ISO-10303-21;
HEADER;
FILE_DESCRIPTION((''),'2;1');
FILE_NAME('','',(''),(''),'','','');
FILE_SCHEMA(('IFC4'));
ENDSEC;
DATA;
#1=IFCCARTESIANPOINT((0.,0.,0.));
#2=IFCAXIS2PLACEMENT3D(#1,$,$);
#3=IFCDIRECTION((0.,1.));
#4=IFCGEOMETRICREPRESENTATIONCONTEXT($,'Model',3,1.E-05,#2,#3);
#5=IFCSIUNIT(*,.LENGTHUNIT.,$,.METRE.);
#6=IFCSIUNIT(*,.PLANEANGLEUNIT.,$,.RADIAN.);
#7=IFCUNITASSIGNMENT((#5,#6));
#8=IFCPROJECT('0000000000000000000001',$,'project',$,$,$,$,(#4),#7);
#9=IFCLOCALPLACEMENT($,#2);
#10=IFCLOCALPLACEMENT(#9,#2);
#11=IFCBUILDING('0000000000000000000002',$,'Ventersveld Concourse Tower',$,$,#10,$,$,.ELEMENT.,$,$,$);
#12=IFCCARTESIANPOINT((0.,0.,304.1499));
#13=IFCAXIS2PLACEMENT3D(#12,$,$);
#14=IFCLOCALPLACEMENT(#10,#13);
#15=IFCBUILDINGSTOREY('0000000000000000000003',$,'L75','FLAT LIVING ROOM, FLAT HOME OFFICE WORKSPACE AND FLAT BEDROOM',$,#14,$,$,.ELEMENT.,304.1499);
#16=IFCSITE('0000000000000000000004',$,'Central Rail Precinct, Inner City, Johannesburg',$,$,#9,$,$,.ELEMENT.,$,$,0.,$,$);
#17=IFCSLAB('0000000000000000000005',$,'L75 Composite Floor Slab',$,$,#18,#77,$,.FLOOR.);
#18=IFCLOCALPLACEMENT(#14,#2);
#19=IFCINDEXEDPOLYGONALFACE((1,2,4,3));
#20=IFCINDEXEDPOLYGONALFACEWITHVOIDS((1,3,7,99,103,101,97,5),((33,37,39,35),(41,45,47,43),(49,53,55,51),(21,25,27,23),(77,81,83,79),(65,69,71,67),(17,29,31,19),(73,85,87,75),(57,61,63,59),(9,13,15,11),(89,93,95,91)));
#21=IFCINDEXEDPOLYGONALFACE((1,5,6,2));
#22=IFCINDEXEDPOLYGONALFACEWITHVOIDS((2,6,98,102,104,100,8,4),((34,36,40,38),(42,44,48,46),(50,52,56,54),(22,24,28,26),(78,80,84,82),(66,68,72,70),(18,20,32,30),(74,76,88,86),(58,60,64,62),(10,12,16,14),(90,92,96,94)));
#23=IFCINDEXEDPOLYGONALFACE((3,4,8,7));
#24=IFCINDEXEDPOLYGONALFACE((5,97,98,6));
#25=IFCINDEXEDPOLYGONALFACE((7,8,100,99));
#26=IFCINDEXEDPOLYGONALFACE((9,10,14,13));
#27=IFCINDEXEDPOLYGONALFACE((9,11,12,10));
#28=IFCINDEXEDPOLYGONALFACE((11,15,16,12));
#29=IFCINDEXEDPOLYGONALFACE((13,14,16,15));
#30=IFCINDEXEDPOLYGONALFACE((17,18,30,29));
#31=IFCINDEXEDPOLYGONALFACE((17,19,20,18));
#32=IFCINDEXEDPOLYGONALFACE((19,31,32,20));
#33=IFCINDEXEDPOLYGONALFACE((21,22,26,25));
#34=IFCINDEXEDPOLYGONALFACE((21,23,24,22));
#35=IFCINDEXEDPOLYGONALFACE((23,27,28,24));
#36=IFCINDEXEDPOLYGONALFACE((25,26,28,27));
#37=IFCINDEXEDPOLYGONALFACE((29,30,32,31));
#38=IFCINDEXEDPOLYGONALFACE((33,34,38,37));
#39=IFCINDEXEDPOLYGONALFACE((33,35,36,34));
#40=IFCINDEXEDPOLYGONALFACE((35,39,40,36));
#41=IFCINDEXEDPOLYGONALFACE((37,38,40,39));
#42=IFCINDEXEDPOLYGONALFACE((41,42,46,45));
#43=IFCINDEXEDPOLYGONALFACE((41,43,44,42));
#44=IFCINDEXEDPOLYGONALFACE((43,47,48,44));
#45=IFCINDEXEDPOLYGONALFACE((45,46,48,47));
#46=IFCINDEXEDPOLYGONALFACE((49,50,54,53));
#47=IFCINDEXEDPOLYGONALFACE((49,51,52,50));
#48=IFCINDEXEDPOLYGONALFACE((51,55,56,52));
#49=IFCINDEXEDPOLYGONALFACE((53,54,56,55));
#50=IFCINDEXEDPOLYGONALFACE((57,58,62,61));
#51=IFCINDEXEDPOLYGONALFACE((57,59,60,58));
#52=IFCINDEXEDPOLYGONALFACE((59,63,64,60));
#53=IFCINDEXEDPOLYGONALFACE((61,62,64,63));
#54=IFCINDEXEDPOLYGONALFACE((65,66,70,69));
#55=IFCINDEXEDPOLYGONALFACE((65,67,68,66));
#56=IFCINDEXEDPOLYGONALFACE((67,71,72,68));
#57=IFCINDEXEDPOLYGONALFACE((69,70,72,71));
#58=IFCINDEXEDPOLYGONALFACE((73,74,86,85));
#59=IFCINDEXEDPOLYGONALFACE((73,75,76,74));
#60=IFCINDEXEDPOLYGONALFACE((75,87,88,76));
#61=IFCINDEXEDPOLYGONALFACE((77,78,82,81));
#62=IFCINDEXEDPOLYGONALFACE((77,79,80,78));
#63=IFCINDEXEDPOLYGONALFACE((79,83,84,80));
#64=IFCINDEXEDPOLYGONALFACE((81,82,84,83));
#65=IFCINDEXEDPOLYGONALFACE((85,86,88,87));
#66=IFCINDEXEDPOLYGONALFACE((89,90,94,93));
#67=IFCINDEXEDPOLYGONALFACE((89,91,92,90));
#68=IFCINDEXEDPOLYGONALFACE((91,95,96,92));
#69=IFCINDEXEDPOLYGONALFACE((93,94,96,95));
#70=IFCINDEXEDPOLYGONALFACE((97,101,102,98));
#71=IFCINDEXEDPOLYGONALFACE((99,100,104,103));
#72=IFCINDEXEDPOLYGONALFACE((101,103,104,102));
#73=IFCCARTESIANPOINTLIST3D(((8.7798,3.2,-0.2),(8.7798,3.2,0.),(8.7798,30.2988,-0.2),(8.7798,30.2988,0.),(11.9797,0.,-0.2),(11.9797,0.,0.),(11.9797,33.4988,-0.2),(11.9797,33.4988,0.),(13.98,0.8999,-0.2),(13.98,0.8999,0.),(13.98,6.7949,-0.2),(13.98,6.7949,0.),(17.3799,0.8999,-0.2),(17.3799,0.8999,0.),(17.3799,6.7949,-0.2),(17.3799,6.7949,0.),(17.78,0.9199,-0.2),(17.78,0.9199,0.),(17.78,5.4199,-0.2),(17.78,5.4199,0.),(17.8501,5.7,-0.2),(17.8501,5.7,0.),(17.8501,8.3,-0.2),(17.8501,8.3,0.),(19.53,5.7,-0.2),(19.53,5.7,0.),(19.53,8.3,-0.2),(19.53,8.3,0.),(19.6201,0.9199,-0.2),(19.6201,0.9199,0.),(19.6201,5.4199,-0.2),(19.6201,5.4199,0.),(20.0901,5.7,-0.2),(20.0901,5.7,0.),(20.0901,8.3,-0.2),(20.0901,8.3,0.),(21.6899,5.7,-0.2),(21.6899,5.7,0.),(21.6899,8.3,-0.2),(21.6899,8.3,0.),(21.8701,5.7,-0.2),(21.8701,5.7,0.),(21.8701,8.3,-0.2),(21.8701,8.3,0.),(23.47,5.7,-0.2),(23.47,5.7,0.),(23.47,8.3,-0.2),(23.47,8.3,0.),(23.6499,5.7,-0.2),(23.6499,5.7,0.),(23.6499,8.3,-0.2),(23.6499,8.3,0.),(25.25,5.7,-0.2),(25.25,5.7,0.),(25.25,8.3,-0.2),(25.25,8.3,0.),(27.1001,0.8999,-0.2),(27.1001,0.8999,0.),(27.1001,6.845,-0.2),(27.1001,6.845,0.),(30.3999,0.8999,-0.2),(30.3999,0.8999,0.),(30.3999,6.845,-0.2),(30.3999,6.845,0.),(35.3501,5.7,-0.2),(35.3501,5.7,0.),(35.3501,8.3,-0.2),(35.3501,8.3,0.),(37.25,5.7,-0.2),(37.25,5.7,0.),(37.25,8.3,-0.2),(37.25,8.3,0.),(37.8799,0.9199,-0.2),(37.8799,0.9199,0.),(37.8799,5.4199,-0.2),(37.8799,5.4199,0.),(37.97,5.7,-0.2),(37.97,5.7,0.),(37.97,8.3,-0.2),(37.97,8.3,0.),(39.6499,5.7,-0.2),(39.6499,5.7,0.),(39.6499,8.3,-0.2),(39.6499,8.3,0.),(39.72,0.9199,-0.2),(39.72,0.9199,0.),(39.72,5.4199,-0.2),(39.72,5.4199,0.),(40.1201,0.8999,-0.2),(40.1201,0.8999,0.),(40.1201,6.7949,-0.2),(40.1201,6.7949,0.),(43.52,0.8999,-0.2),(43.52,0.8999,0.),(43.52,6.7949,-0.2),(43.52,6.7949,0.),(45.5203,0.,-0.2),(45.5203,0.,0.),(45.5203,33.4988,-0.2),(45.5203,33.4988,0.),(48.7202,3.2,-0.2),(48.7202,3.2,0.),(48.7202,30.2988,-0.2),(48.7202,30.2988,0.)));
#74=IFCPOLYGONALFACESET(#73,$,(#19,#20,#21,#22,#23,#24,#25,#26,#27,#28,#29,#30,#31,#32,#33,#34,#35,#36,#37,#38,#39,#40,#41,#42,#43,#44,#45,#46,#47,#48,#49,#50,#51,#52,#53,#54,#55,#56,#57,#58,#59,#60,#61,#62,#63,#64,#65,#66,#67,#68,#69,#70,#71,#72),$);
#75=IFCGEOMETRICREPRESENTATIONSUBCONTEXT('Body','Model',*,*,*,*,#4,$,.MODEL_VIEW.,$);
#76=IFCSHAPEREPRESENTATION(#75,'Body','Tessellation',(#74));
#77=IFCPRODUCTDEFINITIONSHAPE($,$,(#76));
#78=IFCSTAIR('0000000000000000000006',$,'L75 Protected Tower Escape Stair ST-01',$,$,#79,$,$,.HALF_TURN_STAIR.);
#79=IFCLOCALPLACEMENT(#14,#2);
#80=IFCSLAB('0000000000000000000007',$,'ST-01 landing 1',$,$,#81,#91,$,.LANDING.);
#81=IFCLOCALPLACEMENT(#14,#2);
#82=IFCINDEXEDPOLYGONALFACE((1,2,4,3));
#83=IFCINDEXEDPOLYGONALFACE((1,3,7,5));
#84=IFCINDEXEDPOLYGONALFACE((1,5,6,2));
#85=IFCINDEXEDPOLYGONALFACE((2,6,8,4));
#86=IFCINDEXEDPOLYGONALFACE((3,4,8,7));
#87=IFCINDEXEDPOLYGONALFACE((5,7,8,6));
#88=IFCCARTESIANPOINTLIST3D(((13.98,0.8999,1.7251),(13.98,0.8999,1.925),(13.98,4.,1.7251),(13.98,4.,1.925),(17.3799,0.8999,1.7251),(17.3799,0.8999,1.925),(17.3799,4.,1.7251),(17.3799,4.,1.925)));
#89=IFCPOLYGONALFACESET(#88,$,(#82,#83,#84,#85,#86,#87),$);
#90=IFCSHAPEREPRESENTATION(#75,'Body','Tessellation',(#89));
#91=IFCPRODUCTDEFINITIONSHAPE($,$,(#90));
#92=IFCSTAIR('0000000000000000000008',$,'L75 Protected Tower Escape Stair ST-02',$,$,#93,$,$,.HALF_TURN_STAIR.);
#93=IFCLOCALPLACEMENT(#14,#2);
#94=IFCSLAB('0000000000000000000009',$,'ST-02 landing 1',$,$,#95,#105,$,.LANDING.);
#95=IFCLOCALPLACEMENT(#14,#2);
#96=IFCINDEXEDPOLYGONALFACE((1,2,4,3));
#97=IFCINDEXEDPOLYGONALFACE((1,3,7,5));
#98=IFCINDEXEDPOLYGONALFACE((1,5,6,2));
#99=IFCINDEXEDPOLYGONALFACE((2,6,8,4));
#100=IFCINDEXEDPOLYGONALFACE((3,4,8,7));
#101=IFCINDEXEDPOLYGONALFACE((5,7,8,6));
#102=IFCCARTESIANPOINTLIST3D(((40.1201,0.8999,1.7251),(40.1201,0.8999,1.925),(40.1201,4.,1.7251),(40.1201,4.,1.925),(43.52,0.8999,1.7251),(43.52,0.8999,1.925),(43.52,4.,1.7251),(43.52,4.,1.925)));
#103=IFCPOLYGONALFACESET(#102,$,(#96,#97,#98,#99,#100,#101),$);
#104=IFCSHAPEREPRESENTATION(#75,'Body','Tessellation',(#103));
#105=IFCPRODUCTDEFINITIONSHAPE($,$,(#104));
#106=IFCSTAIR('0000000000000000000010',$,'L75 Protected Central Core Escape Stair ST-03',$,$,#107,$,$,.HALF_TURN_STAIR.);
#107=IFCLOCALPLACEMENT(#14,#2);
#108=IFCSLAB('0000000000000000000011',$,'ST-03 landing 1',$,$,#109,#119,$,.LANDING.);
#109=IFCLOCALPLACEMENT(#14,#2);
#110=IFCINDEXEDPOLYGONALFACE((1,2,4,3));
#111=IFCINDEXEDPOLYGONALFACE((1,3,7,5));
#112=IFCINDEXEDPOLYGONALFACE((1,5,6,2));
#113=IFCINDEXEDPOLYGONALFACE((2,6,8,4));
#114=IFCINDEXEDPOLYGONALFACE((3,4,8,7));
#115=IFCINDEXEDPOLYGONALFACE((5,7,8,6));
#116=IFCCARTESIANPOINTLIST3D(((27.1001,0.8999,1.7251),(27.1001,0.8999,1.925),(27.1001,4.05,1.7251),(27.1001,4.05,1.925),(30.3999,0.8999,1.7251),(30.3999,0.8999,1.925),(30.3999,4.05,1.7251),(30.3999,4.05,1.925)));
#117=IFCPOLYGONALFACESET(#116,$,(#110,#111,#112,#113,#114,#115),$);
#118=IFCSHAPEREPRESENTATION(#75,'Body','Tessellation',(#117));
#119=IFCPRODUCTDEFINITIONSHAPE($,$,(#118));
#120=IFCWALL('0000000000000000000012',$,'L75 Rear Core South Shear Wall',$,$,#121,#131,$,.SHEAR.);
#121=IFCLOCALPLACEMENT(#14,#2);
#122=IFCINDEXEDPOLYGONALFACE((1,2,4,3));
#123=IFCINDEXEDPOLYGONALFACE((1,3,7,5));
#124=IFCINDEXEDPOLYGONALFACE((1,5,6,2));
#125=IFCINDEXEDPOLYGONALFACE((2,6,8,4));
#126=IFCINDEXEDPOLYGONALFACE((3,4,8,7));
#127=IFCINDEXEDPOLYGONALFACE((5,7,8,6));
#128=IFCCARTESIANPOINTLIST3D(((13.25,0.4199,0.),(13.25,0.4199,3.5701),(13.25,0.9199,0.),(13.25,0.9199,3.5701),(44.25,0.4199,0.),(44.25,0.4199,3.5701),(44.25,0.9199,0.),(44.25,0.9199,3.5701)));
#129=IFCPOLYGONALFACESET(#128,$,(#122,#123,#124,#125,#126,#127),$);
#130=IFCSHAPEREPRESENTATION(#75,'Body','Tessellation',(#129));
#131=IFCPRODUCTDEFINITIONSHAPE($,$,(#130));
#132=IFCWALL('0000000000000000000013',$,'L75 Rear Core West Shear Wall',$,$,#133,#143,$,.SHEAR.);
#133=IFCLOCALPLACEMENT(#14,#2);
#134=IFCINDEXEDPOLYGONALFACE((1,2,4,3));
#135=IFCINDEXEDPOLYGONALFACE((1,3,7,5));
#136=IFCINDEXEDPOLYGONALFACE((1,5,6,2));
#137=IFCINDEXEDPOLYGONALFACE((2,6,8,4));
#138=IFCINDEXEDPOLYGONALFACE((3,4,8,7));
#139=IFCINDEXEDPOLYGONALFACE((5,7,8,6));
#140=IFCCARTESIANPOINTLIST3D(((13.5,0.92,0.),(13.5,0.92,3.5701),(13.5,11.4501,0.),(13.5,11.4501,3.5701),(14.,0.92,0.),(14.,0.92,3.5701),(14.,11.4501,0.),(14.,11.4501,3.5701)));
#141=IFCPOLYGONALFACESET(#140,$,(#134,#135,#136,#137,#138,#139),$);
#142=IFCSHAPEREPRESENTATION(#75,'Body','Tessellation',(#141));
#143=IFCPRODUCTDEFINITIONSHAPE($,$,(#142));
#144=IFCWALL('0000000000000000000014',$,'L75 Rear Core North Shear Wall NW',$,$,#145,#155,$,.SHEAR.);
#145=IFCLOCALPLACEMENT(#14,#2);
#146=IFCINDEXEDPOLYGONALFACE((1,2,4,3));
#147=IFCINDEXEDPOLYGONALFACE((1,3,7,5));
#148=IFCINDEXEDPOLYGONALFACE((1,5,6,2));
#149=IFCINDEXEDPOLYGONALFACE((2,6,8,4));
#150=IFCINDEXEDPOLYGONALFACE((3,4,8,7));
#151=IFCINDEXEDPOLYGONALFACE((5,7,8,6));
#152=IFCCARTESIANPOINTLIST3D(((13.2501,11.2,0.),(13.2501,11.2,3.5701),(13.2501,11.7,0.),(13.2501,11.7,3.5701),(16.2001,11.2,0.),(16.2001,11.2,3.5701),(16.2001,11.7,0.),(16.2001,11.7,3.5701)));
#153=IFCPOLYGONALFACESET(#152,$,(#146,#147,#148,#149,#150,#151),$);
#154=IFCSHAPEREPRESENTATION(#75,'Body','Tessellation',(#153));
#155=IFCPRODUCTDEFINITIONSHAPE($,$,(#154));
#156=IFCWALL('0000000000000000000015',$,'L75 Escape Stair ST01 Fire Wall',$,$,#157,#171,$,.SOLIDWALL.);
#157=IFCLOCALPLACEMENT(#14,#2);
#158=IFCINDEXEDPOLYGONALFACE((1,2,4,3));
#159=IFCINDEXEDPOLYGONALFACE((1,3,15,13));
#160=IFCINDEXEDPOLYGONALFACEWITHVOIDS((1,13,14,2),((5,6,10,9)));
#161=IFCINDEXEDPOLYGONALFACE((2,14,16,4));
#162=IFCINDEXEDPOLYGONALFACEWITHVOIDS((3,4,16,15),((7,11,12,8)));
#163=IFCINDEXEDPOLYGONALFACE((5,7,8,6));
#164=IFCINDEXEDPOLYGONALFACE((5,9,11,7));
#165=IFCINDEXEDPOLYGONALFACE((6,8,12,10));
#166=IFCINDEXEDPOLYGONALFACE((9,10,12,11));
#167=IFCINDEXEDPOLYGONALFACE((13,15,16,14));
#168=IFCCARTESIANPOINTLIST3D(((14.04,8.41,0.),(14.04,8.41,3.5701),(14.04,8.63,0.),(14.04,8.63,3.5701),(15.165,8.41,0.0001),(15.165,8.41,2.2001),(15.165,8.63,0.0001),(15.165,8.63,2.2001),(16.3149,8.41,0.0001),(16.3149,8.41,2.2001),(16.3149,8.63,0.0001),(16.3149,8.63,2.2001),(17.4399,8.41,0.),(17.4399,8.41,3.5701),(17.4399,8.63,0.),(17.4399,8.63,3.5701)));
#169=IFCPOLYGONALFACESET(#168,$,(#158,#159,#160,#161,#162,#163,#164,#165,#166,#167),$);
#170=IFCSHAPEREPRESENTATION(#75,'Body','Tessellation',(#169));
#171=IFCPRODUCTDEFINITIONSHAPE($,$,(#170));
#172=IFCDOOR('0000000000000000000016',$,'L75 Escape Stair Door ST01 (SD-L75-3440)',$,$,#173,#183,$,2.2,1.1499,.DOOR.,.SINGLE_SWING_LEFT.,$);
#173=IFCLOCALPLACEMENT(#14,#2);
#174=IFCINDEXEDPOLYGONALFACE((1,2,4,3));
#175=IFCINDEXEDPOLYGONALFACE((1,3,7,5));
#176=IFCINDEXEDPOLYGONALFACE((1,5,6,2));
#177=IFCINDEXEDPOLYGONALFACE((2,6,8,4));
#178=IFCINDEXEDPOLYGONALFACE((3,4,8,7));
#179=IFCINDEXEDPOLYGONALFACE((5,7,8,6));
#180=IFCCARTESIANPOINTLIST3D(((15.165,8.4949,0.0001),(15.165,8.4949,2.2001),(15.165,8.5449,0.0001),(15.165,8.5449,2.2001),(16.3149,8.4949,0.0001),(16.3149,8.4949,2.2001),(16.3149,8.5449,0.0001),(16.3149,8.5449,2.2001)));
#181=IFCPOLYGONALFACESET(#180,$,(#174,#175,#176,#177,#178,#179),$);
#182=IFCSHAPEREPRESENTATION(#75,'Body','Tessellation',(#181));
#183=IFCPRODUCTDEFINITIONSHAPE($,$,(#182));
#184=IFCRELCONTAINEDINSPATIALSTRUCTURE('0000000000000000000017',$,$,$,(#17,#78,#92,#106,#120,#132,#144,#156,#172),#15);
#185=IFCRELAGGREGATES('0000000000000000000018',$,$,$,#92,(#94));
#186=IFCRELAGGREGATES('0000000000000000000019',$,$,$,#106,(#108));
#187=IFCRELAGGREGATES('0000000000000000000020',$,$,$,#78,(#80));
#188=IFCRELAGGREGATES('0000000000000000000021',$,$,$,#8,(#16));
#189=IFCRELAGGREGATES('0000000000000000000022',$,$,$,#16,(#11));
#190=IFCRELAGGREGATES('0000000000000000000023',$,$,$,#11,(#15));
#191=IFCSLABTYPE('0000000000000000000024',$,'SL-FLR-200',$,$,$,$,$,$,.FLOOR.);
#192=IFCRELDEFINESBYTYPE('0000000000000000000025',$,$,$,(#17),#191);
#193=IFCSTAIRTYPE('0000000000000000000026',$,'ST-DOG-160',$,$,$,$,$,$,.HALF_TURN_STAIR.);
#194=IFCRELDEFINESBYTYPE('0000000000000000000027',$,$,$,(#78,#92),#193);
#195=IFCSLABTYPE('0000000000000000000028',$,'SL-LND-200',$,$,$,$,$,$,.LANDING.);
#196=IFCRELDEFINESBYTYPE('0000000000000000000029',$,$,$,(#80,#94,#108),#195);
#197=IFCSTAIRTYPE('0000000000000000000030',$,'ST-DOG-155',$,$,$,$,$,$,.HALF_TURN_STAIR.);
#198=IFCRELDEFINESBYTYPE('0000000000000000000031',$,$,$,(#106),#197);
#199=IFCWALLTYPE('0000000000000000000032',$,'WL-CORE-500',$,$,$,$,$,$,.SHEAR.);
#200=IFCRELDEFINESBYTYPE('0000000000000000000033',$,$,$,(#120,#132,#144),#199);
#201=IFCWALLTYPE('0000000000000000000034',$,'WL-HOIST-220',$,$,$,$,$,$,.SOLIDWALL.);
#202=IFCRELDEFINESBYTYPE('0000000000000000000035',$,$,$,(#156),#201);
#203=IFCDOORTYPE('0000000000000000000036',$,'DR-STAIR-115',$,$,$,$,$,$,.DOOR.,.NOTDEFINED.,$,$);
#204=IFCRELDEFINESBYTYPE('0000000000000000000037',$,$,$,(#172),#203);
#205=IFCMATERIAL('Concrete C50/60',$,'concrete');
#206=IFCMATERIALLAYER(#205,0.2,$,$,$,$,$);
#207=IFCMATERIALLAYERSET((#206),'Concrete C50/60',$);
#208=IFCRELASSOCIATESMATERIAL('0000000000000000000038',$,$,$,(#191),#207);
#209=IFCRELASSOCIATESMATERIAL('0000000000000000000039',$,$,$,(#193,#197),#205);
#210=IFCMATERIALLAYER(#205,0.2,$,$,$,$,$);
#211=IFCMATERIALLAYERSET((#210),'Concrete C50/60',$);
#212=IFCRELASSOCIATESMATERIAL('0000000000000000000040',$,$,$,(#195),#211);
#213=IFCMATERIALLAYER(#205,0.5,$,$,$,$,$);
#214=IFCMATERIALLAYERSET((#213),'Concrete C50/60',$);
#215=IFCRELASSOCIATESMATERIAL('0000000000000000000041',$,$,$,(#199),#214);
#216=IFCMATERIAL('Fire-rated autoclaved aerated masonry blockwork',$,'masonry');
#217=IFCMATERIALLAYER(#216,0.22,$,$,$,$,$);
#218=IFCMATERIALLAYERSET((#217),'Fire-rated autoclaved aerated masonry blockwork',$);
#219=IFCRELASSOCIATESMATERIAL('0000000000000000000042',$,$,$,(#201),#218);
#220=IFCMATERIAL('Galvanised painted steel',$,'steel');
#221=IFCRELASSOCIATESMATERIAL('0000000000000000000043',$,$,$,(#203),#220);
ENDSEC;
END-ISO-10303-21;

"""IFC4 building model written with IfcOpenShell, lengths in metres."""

from ifc_helpers import new_model, si_unit, direction, frame, frame_2d, origin, place, context, subcontext, project, spatial, polyline, rectangle, outline, extrude, material, layer, layer_set, type_object, element, fill, aggregate, save


model = new_model("IFC4")

# Units and contexts
model_context = context("Model", 3, precision=1e-05, world=origin(), true_north=direction((0.0, 1.0)))
body_context = subcontext(model_context, "Body", "Model", "MODEL_VIEW")
ifc_project = project(units=[si_unit("LENGTHUNIT", "METRE"), si_unit("PLANEANGLEUNIT", "RADIAN")], contexts=[model_context])

# Site, building, storey
site_placement = place(None, origin())
site = spatial("IfcSite", under=ifc_project, at=site_placement, Name="Central Rail Precinct, Inner City, Johannesburg", CompositionType="ELEMENT", RefElevation=0.0)
building_placement = place(site_placement, origin())
building = spatial("IfcBuilding", under=site, at=building_placement, Name="Ventersveld Concourse Tower", CompositionType="ELEMENT")
storey_placement = place(building_placement, frame((0.0, 0.0, 304.1499)))
storey = spatial("IfcBuildingStorey", under=building, at=storey_placement, Name="L75", Description="FLAT LIVING ROOM, FLAT HOME OFFICE WORKSPACE AND FLAT BEDROOM", CompositionType="ELEMENT", Elevation=304.1499)

# Shared definitions
ifc_material_1 = material(Name="Concrete C50/60", Category="concrete")

# Slab
ifc_layer_1 = layer(ifc_material_1, 0.2)
ifc_layer_set_1 = layer_set([ifc_layer_1], Name="Concrete C50/60")
slab_type_1 = type_object("IfcSlabType", Name="SL-FLR-200", PredefinedType="FLOOR", material=ifc_layer_set_1)
slab_1_placement = place(storey_placement, frame((0.0, 0.0, -0.2)))
element("IfcSlab", 1, at=slab_1_placement, inside=storey, type_object=slab_type_1, Name="L75 Composite Floor Slab", PredefinedType="FLOOR", context=body_context, shape_type="SweptSolid", body=[
    extrude(outline(polyline([(11.9797, 0.0), (45.5203, 0.0), (48.7202, 3.2), (48.7202, 30.2988), (45.5203, 33.4988), (11.9797, 33.4988), (8.7798, 30.2988), (8.7798, 3.2), (11.9797, 0.0)]), holes=[polyline([(13.98, 6.7949), (13.98, 0.8999), (17.3799, 0.8999), (17.3799, 6.7949), (13.98, 6.7949)]), polyline([(40.1201, 6.7949), (40.1201, 0.8999), (43.52, 0.8999), (43.52, 6.7949), (40.1201, 6.7949)]), polyline([(27.1001, 6.845), (27.1001, 0.8999), (30.3999, 0.8999), (30.3999, 6.845), (27.1001, 6.845)]), polyline([(17.8501, 5.7), (19.53, 5.7), (19.53, 8.3), (17.8501, 8.3), (17.8501, 5.7)]), polyline([(37.97, 5.7), (39.6499, 5.7), (39.6499, 8.3), (37.97, 8.3), (37.97, 5.7)]), polyline([(35.3501, 5.7), (37.25, 5.7), (37.25, 8.3), (35.3501, 8.3), (35.3501, 5.7)]), polyline([(20.0901, 5.7), (21.6899, 5.7), (21.6899, 8.3), (20.0901, 8.3), (20.0901, 5.7)]), polyline([(21.8701, 5.7), (23.47, 5.7), (23.47, 8.3), (21.8701, 8.3), (21.8701, 5.7)]), polyline([(23.6499, 5.7), (25.25, 5.7), (25.25, 8.3), (23.6499, 8.3), (23.6499, 5.7)]), polyline([(17.78, 0.9199), (19.6201, 0.9199), (19.6201, 5.4199), (17.78, 5.4199), (17.78, 0.9199)]), polyline([(37.8799, 0.9199), (39.72, 0.9199), (39.72, 5.4199), (37.8799, 5.4199), (37.8799, 0.9199)])]), origin(), (0.0, 0.0, 1.0), 0.2),
])

# Stairs, slabs
stair_type_1 = type_object("IfcStairType", Name="ST-DOG-160", PredefinedType="HALF_TURN_STAIR", material=ifc_material_1)
stair_1_placement = place(storey_placement, origin())
stair_1 = element("IfcStair", 2, at=stair_1_placement, inside=storey, type_object=stair_type_1, Name="L75 Protected Tower Escape Stair ST-01", PredefinedType="HALF_TURN_STAIR")
ifc_layer_2 = layer(ifc_material_1, 0.2)
ifc_layer_set_2 = layer_set([ifc_layer_2], Name="Concrete C50/60")
slab_type_2 = type_object("IfcSlabType", Name="SL-LND-200", PredefinedType="LANDING", material=ifc_layer_set_2)
slab_2_placement = place(storey_placement, frame((0.0, 0.0, 1.7251)))
slab_2 = element("IfcSlab", 3, at=slab_2_placement, type_object=slab_type_2, Name="ST-01 landing 1", PredefinedType="LANDING", context=body_context, shape_type="SweptSolid", body=[
    extrude(outline(polyline([(13.98, 4.0), (13.98, 0.8999), (17.3799, 0.8999), (17.3799, 4.0), (13.98, 4.0)])), origin(), (0.0, 0.0, 1.0), 0.2),
])
stair_2_placement = place(storey_placement, origin())
stair_2 = element("IfcStair", 4, at=stair_2_placement, inside=storey, type_object=stair_type_1, Name="L75 Protected Tower Escape Stair ST-02", PredefinedType="HALF_TURN_STAIR")
slab_3_placement = place(storey_placement, frame((0.0, 0.0, 1.7251)))
slab_3 = element("IfcSlab", 5, at=slab_3_placement, type_object=slab_type_2, Name="ST-02 landing 1", PredefinedType="LANDING", context=body_context, shape_type="SweptSolid", body=[
    extrude(outline(polyline([(40.1201, 4.0), (40.1201, 0.8999), (43.52, 0.8999), (43.52, 4.0), (40.1201, 4.0)])), origin(), (0.0, 0.0, 1.0), 0.2),
])
aggregate(stair_2, [slab_3])
stair_type_2 = type_object("IfcStairType", Name="ST-DOG-155", PredefinedType="HALF_TURN_STAIR", material=ifc_material_1)
stair_3_placement = place(storey_placement, origin())
stair_3 = element("IfcStair", 6, at=stair_3_placement, inside=storey, type_object=stair_type_2, Name="L75 Protected Central Core Escape Stair ST-03", PredefinedType="HALF_TURN_STAIR")
slab_4_placement = place(storey_placement, frame((0.0, 0.0, 1.7251)))
slab_4 = element("IfcSlab", 7, at=slab_4_placement, type_object=slab_type_2, Name="ST-03 landing 1", PredefinedType="LANDING", context=body_context, shape_type="SweptSolid", body=[
    extrude(outline(polyline([(27.1001, 4.05), (27.1001, 0.8999), (30.3999, 0.8999), (30.3999, 4.05), (27.1001, 4.05)])), origin(), (0.0, 0.0, 1.0), 0.2),
])
aggregate(stair_3, [slab_4])

# Walls
ifc_layer_3 = layer(ifc_material_1, 0.5)
ifc_layer_set_3 = layer_set([ifc_layer_3], Name="Concrete C50/60")
wall_type_1 = type_object("IfcWallType", Name="WL-CORE-500", PredefinedType="SHEAR", material=ifc_layer_set_3)
wall_1_placement = place(storey_placement, frame((13.25, 0.6699, 0.0), z_axis=(0.0, 0.0, 1.0), x_axis=(1.0, 0.0, 0.0)))
element("IfcWall", 8, at=wall_1_placement, inside=storey, type_object=wall_type_1, Name="L75 Rear Core South Shear Wall", PredefinedType="SHEAR", context=body_context, shape_type="SweptSolid", body=[
    extrude(rectangle(XDim=31.0, YDim=0.5, at=frame_2d((15.5, 0.0))), origin(), (0.0, 0.0, 1.0), 3.5701),
])
wall_2_placement = place(storey_placement, frame((13.75, 0.9199, 0.0), z_axis=(0.0, 0.0, 1.0), x_axis=(0.0, 1.0, 0.0)))
element("IfcWall", 9, at=wall_2_placement, inside=storey, type_object=wall_type_1, Name="L75 Rear Core West Shear Wall", PredefinedType="SHEAR", context=body_context, shape_type="SweptSolid", body=[
    extrude(rectangle(XDim=10.53, YDim=0.5, at=frame_2d((5.2651, 0.0))), origin(), (0.0, 0.0, 1.0), 3.5701),
])
wall_3_placement = place(storey_placement, frame((13.25, 11.45, 0.0), z_axis=(0.0, 0.0, 1.0), x_axis=(1.0, 0.0, 0.0)))
element("IfcWall", 10, at=wall_3_placement, inside=storey, type_object=wall_type_1, Name="L75 Rear Core North Shear Wall NW", PredefinedType="SHEAR", context=body_context, shape_type="SweptSolid", body=[
    extrude(rectangle(XDim=2.95, YDim=0.5, at=frame_2d((1.4751, 0.0))), origin(), (0.0, 0.0, 1.0), 3.5701),
])

# Wall, opening, door
ifc_material_2 = material(Name="Fire-rated autoclaved aerated masonry blockwork", Category="masonry")
ifc_layer_4 = layer(ifc_material_2, 0.22)
ifc_layer_set_4 = layer_set([ifc_layer_4], Name="Fire-rated autoclaved aerated masonry blockwork")
wall_type_2 = type_object("IfcWallType", Name="WL-HOIST-220", PredefinedType="SOLIDWALL", material=ifc_layer_set_4)
wall_4_placement = place(storey_placement, frame((14.04, 8.52, 0.0), z_axis=(0.0, 0.0, 1.0), x_axis=(1.0, 0.0, 0.0)))
wall_4 = element("IfcWall", 11, at=wall_4_placement, inside=storey, type_object=wall_type_2, Name="L75 Escape Stair ST01 Fire Wall", PredefinedType="SOLIDWALL", context=body_context, shape_type="SweptSolid", body=[
    extrude(rectangle(XDim=3.3999, YDim=0.22, at=frame_2d((1.7, 0.0))), origin(), (0.0, 0.0, 1.0), 3.5701),
])
opening_placement = place(wall_4_placement, frame((1.125, 0.0, 0.0)))
opening = element("IfcOpeningElement", 12, at=opening_placement, cuts=wall_4, PredefinedType="OPENING", context=body_context, shape_type="SweptSolid", body=[
    extrude(rectangle(XDim=1.1499, YDim=2.2, at=frame_2d((0.575, 1.1001))), frame((0.0, 0.1201, 0.0), z_axis=(0.0, -1.0, 0.0), x_axis=(1.0, 0.0, 0.0)), (0.0, 0.0, 1.0), 0.24),
])
ifc_material_3 = material(Name="Galvanised painted steel", Category="steel")
door_type = type_object("IfcDoorType", Name="DR-STAIR-115", OperationType="NOTDEFINED", PredefinedType="DOOR", material=ifc_material_3)
door_placement = place(opening_placement, origin())
door = element("IfcDoor", 13, at=door_placement, inside=storey, type_object=door_type, Name="L75 Escape Stair Door ST01 (SD-L75-3440)", OperationType="SINGLE_SWING_LEFT", OverallHeight=2.2, OverallWidth=1.1499, PredefinedType="DOOR", context=body_context, shape_type="SweptSolid", body=[
    extrude(rectangle(XDim=1.1499, YDim=2.2, at=frame_2d((0.575, 1.1001))), frame((0.0, 0.0249, 0.0), z_axis=(0.0, -1.0, 0.0), x_axis=(1.0, 0.0, 0.0)), (0.0, 0.0, 1.0), 0.05),
])
fill(opening, door)

aggregate(stair_1, [slab_2])

save(model, "model.ifc")
